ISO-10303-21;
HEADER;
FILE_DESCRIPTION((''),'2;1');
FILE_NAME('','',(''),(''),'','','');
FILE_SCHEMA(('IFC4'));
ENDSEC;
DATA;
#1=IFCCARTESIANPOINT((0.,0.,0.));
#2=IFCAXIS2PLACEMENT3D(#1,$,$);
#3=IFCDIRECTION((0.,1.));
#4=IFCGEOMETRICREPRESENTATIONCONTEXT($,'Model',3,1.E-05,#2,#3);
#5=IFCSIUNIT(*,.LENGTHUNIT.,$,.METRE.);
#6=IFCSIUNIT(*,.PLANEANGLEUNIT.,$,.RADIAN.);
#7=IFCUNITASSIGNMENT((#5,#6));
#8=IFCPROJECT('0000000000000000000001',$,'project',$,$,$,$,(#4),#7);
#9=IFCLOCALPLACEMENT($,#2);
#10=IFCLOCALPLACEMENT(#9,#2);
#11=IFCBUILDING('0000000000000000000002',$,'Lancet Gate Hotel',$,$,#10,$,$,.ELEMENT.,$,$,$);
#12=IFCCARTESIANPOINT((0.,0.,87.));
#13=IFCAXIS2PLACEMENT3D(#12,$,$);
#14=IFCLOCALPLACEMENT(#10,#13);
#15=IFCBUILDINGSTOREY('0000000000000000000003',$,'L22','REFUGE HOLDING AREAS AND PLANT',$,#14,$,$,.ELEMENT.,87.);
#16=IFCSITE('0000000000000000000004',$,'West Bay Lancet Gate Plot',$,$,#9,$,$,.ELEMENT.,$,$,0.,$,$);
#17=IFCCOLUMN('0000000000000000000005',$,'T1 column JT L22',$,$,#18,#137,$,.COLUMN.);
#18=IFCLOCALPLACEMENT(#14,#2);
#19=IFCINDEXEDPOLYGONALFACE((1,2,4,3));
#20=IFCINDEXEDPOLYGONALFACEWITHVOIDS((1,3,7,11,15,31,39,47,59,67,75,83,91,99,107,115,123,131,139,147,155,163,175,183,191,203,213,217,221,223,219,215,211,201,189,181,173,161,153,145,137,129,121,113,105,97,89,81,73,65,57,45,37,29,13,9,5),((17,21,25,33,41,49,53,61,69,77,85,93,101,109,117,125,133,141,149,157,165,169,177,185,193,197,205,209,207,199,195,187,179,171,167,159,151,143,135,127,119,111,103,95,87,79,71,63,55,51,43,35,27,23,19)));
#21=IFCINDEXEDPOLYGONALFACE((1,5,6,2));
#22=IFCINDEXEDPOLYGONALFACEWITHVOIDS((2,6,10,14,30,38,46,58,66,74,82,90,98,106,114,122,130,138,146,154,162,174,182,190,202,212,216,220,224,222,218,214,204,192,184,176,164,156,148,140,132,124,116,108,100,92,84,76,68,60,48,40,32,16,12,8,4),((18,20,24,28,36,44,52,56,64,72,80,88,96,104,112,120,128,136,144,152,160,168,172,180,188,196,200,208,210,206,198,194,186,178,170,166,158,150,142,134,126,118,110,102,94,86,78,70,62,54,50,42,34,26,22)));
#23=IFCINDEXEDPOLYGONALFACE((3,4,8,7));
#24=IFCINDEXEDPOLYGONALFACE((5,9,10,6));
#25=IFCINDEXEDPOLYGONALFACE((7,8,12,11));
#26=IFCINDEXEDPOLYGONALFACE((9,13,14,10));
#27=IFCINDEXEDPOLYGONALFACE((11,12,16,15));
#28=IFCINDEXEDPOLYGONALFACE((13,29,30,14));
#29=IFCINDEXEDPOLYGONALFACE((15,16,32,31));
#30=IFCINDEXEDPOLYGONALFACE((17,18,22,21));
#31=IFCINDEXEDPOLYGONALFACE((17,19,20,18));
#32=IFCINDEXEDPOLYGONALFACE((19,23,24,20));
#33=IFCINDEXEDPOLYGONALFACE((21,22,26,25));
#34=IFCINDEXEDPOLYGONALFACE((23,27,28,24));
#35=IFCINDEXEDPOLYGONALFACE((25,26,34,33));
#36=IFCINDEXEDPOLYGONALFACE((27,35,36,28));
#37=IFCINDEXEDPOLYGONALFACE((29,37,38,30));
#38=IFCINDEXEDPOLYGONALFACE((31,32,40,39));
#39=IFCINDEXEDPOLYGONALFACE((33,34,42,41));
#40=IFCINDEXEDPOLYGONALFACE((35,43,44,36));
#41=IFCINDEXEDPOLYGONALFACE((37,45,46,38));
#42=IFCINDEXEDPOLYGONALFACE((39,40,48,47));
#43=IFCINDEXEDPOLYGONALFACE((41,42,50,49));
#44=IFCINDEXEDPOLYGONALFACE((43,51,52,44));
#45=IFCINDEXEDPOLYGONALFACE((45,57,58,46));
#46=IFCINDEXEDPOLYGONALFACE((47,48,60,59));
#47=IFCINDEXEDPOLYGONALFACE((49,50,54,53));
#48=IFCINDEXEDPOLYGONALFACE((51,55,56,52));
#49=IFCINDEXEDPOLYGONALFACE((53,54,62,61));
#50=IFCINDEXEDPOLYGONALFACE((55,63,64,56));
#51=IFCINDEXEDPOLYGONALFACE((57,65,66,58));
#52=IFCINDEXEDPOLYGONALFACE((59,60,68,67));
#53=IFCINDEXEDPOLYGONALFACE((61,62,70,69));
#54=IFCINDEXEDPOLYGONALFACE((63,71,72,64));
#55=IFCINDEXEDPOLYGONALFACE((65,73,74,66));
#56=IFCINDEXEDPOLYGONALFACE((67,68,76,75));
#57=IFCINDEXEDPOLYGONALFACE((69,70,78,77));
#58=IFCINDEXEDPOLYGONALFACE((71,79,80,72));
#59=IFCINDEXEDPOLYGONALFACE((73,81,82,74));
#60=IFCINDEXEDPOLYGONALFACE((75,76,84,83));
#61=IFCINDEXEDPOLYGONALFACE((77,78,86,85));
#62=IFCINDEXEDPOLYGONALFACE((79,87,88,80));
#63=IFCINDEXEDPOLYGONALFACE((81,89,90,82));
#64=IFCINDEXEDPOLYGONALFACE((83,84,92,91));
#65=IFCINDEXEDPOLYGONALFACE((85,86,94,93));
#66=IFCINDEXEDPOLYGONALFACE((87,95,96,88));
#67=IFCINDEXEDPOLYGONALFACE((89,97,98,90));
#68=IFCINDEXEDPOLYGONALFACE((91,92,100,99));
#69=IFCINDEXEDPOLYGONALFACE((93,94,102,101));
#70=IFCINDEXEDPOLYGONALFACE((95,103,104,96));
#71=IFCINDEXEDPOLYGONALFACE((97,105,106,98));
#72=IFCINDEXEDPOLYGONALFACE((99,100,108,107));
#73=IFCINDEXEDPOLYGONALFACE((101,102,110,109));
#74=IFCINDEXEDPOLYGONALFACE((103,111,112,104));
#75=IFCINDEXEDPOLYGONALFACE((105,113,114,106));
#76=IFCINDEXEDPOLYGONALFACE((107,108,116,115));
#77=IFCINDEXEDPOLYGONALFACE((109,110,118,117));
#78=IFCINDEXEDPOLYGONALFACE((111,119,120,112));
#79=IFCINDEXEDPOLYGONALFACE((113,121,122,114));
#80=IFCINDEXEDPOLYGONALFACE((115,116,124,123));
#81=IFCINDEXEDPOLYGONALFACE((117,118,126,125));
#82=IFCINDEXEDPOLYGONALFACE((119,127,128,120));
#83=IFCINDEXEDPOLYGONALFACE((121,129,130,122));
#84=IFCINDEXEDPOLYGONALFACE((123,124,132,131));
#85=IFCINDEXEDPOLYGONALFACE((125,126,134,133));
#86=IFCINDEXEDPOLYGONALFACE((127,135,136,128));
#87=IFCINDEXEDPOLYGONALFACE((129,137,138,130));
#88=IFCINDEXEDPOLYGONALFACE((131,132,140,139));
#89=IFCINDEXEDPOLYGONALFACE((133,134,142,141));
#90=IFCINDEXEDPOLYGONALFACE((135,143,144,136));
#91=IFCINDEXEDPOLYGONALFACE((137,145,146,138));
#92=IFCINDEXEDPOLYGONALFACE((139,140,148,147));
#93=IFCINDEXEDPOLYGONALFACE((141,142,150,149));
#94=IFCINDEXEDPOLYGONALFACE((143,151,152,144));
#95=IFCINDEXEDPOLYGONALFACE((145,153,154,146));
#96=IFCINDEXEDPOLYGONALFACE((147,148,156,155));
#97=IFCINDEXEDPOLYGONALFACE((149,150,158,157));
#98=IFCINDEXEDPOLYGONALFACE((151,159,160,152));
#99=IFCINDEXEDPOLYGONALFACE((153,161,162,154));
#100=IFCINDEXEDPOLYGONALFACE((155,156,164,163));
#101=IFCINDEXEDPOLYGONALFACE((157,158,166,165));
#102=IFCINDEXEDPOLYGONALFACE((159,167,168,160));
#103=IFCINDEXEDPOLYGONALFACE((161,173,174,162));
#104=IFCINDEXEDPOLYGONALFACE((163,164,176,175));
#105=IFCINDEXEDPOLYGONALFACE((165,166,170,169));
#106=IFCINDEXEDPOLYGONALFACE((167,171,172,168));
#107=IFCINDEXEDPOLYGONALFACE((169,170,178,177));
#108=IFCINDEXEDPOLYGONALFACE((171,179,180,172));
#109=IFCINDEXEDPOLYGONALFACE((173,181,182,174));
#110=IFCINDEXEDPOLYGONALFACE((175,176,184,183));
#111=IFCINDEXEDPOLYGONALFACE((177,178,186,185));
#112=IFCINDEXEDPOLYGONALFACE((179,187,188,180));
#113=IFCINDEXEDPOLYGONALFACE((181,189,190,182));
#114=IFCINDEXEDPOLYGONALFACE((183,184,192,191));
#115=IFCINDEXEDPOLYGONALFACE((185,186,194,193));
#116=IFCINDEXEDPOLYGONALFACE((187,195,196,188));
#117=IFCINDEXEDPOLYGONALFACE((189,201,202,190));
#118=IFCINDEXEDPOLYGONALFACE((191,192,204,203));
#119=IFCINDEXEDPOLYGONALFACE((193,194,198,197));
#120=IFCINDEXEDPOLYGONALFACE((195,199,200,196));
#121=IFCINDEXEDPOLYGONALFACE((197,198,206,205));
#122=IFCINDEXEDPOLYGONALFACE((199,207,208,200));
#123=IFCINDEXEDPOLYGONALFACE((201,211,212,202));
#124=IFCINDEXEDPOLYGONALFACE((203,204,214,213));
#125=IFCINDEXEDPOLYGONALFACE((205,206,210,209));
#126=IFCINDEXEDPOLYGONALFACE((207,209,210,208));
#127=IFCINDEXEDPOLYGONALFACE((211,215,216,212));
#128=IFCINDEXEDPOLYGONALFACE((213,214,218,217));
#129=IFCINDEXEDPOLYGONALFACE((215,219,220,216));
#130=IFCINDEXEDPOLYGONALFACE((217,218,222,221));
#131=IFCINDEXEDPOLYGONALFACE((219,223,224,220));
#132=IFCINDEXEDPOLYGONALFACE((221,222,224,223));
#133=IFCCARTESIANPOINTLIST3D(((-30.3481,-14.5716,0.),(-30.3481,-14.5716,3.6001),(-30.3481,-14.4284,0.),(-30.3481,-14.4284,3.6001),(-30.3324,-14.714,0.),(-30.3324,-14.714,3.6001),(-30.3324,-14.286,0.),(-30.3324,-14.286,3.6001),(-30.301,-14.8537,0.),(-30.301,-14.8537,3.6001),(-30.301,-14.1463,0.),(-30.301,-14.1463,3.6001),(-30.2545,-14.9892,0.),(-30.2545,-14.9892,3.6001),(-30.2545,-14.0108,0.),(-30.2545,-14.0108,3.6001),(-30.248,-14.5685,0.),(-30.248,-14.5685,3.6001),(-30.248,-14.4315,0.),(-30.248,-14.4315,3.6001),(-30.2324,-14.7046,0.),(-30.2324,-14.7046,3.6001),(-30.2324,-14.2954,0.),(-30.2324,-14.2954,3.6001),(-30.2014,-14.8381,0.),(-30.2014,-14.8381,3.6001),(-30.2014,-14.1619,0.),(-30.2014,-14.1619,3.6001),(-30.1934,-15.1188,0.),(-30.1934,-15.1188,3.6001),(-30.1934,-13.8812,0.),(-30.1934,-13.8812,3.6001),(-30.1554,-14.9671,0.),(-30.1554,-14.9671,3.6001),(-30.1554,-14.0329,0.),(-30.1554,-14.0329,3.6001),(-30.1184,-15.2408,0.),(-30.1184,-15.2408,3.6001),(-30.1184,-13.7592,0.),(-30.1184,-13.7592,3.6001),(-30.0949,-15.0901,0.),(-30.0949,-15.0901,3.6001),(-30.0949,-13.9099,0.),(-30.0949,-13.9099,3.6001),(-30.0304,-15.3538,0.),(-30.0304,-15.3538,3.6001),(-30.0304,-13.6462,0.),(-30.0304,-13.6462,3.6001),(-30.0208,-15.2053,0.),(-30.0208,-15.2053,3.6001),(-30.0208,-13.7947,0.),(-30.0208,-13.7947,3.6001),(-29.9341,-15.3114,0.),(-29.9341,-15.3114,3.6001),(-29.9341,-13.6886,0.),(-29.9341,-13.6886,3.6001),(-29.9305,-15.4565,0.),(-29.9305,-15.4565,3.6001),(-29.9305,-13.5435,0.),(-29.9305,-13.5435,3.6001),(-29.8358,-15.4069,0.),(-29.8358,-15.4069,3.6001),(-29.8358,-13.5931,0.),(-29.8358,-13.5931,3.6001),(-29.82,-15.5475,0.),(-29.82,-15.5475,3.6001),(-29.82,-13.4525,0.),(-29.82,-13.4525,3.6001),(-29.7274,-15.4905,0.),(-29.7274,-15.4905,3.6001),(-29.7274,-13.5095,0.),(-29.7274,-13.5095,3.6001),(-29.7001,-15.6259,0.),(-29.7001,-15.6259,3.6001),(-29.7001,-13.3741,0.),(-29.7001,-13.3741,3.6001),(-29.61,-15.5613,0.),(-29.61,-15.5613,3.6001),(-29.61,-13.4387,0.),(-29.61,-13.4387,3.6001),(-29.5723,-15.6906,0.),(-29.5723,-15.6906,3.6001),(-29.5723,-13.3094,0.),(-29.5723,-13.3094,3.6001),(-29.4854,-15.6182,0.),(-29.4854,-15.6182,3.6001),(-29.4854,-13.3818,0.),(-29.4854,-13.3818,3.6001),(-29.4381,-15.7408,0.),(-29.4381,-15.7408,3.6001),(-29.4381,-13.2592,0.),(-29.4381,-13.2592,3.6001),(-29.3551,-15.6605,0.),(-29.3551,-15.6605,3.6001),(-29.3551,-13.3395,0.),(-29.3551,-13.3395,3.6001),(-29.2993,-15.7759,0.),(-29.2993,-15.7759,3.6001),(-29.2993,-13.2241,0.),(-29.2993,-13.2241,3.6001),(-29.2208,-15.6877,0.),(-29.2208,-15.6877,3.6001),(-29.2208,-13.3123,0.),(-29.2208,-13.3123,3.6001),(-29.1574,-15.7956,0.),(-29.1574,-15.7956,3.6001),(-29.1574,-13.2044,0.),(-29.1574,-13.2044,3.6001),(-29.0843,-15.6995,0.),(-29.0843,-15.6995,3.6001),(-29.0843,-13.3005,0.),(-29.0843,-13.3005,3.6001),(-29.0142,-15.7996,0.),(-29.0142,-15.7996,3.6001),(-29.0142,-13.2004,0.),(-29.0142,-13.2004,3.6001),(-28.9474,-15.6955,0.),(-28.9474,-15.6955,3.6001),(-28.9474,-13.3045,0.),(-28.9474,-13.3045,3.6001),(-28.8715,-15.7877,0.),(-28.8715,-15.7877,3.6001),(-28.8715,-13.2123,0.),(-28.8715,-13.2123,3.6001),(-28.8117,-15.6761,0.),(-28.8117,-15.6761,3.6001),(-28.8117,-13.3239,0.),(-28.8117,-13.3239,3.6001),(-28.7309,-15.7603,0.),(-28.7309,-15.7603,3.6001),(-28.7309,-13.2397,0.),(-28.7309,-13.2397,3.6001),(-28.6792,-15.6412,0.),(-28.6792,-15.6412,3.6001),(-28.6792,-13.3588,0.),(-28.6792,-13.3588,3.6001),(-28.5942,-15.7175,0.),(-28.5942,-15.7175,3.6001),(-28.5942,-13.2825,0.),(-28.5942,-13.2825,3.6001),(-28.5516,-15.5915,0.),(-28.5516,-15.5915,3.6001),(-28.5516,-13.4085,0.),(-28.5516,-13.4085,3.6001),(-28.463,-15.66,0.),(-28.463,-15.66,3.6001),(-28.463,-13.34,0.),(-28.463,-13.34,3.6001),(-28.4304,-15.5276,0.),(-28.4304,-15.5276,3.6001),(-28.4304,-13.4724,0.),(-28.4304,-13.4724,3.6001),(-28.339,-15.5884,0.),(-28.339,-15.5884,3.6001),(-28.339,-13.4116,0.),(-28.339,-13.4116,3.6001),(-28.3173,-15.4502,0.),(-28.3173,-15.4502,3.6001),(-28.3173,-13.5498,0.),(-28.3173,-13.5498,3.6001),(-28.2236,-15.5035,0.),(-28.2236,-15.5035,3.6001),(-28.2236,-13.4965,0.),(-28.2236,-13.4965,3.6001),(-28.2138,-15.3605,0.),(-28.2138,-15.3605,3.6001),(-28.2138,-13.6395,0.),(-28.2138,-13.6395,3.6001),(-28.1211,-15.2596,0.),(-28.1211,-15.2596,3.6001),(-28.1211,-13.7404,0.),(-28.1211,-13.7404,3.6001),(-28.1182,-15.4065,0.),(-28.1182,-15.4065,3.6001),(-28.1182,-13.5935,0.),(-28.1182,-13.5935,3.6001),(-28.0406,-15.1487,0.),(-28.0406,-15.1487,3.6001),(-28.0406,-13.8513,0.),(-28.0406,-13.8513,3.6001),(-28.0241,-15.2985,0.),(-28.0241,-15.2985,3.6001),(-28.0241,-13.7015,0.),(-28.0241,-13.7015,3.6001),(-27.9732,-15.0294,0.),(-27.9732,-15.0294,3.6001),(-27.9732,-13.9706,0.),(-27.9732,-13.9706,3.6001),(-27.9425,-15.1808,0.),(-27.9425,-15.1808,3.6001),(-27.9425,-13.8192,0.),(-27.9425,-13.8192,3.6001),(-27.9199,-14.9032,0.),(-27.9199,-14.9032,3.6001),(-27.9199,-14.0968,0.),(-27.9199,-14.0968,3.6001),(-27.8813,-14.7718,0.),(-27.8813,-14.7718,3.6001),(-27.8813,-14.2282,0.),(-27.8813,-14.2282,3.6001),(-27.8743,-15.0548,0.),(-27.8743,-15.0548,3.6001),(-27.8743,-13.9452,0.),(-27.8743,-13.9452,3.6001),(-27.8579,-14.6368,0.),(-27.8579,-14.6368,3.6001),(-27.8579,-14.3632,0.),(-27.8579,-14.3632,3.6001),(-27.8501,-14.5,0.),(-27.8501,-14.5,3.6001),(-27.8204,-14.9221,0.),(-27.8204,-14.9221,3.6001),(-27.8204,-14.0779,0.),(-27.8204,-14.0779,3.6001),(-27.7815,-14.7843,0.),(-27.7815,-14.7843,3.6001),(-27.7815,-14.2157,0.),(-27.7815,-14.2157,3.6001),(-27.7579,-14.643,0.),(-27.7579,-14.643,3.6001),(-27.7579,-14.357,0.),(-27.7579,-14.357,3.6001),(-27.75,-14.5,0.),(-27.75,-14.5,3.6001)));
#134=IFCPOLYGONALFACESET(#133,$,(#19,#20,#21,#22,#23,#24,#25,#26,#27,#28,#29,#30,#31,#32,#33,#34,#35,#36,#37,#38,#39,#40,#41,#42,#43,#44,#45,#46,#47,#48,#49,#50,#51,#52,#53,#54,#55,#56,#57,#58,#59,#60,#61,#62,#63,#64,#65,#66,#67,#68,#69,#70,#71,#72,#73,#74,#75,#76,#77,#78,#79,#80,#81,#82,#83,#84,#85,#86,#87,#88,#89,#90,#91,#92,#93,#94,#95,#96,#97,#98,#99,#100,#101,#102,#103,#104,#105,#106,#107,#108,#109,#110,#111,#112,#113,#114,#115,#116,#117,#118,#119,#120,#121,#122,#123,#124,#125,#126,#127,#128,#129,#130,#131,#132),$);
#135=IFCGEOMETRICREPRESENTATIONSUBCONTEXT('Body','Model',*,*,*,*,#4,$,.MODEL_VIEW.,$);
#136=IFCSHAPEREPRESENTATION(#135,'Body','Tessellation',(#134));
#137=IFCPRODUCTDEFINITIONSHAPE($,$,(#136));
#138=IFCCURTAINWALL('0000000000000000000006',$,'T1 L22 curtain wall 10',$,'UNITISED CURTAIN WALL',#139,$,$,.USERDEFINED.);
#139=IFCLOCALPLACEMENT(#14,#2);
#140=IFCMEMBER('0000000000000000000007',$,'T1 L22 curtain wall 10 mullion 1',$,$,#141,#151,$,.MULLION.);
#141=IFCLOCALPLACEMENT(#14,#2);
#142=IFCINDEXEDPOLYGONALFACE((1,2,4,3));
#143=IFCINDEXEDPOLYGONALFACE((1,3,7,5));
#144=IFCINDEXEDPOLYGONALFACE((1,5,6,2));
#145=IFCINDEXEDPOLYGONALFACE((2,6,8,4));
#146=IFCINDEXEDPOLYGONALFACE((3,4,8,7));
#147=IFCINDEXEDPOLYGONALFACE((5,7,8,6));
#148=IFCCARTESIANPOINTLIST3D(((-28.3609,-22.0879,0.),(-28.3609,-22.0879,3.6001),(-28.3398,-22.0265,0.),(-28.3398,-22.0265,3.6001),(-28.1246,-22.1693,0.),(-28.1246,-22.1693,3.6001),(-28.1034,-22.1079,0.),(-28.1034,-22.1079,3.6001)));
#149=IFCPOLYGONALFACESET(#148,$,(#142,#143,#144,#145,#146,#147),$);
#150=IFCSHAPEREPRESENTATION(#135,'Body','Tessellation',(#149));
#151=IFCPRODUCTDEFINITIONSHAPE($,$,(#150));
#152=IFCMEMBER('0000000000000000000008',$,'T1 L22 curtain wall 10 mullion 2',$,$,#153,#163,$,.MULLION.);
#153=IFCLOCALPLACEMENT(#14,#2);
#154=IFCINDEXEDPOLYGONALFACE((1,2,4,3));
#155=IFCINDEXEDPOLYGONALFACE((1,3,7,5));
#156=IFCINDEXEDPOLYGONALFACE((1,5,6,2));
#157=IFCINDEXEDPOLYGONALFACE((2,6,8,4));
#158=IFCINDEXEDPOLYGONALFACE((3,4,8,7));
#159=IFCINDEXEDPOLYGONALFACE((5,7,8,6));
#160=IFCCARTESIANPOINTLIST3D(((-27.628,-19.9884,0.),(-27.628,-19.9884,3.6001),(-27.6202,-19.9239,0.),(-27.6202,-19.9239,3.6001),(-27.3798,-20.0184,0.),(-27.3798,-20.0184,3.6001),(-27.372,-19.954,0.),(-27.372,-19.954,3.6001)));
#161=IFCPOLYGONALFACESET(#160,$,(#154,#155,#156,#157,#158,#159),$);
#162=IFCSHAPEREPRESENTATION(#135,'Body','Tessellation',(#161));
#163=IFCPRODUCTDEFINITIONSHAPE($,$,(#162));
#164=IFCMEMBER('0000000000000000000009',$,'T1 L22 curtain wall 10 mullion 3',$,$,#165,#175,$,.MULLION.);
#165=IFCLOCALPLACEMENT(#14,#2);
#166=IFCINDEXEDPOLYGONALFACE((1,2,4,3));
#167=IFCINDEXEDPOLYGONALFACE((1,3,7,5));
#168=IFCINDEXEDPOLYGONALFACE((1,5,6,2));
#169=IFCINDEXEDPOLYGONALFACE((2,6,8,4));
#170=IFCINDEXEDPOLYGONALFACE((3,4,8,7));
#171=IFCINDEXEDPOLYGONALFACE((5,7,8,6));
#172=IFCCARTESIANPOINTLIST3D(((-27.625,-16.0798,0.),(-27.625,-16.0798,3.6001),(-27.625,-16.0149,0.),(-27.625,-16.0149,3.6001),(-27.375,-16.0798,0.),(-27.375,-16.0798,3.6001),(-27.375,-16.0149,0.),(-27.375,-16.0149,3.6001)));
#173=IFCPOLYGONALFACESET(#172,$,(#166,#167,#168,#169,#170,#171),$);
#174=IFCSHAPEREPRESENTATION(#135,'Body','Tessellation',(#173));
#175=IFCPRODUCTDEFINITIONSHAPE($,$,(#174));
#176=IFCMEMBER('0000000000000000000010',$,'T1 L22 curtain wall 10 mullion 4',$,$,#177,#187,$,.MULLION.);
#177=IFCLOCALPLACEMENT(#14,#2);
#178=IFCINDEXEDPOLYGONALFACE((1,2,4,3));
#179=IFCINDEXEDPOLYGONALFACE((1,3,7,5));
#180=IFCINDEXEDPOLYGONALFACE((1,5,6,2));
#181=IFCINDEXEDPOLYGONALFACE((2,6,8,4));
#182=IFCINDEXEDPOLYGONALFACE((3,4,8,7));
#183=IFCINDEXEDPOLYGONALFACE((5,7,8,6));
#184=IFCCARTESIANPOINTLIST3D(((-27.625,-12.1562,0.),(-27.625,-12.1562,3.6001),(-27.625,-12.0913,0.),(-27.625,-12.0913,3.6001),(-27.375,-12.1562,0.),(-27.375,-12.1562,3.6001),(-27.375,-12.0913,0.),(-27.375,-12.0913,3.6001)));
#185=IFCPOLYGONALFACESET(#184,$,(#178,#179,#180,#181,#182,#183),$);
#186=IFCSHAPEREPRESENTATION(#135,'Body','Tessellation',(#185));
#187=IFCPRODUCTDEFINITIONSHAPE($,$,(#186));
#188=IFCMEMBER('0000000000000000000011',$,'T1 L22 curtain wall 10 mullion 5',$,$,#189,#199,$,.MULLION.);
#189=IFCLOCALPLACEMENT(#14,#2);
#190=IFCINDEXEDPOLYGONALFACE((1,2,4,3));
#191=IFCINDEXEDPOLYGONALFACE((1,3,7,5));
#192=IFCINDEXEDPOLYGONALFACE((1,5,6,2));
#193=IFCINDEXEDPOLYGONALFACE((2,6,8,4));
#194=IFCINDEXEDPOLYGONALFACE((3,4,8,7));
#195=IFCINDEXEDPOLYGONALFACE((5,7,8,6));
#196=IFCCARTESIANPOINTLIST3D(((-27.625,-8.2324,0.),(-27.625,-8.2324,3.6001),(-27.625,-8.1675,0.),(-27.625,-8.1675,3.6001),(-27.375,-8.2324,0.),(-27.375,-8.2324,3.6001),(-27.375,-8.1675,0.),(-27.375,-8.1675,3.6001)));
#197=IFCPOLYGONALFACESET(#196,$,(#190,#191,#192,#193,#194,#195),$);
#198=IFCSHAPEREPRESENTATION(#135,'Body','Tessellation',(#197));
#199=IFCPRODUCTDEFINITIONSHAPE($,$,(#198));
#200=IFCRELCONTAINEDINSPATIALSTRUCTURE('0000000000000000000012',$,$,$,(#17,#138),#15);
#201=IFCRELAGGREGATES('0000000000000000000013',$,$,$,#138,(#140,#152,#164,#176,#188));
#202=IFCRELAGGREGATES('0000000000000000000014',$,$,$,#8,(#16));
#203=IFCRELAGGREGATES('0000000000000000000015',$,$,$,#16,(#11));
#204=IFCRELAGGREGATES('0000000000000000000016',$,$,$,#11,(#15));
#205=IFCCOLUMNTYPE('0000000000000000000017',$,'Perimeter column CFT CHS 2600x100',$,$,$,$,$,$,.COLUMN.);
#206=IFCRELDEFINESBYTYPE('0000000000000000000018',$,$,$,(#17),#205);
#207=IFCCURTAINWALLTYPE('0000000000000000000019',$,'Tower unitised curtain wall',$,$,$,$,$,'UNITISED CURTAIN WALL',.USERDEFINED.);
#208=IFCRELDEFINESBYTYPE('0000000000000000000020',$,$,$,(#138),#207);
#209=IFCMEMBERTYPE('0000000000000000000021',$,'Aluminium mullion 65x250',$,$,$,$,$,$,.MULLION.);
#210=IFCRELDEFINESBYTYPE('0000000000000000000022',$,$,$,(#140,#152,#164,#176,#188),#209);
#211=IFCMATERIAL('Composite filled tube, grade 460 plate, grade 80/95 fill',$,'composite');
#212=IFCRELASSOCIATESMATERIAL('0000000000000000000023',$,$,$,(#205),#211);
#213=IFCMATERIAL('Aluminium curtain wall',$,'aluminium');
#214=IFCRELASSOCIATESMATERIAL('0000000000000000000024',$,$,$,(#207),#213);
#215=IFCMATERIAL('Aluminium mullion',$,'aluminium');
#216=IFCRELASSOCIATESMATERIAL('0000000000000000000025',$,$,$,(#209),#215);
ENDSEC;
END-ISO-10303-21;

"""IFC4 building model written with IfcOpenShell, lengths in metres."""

from ifc_helpers import new_model, si_unit, direction, frame, origin, origin_2d, place, context, subcontext, project, spatial, rectangle, hollow_circle, extrude, material, material_profile, profile_set, type_object, element, aggregate, save


model = new_model("IFC4")

# Units and contexts
model_context = context("Model", 3, precision=1e-05, world=origin(), true_north=direction((0.0, 1.0)))
body_context = subcontext(model_context, "Body", "Model", "MODEL_VIEW")
ifc_project = project(units=[si_unit("LENGTHUNIT", "METRE"), si_unit("PLANEANGLEUNIT", "RADIAN")], contexts=[model_context])

# Site, building, storey
site_placement = place(None, origin())
site = spatial("IfcSite", under=ifc_project, at=site_placement, Name="West Bay Lancet Gate Plot", CompositionType="ELEMENT", RefElevation=0.0)
building_placement = place(site_placement, origin())
building = spatial("IfcBuilding", under=site, at=building_placement, Name="Lancet Gate Hotel", CompositionType="ELEMENT")
storey_placement = place(building_placement, frame((0.0, 0.0, 87.0)))
storey = spatial("IfcBuildingStorey", under=building, at=storey_placement, Name="L22", Description="REFUGE HOLDING AREAS AND PLANT", CompositionType="ELEMENT", Elevation=87.0)

# Column
ifc_material_1 = material(Name="Composite filled tube, grade 460 plate, grade 80/95 fill", Category="composite")
ifc_material_profile_1 = material_profile(ifc_material_1, hollow_circle(Radius=1.3, WallThickness=0.1001, at=origin_2d()), Name="CHS 2600x100")
ifc_profile_set_1 = profile_set([ifc_material_profile_1], Name="Composite filled tube, grade 460 plate, grade 80/95 fill")
column_type = type_object("IfcColumnType", Name="Perimeter column CFT CHS 2600x100", PredefinedType="COLUMN", material=ifc_profile_set_1)
for number, where, z_axis, x_axis, name in (
    (1, (-29.05, -14.5, 0.0), (0.0, 0.0, 1.0), (1.0, 0.0, 0.0), "T1 column JT L22"),
):
    element("IfcColumn", number, at=place(storey_placement, frame(where, z_axis=z_axis, x_axis=x_axis)), inside=storey, type_object=column_type, Name=name, PredefinedType="COLUMN", context=body_context, shape_type="SweptSolid", body=[
        extrude(hollow_circle(Radius=1.3, WallThickness=0.1001, at=origin_2d()), origin(), (0.0, 0.0, 1.0), 3.6001),
    ])

# Curtain wall, members
ifc_material_2 = material(Name="Aluminium curtain wall", Category="aluminium")
curtain_wall_type = type_object("IfcCurtainWallType", Name="Tower unitised curtain wall", ElementType="UNITISED CURTAIN WALL", PredefinedType="USERDEFINED", material=ifc_material_2)
curtain_wall_placement = place(storey_placement, origin())
curtain_wall = element("IfcCurtainWall", 2, at=curtain_wall_placement, inside=storey, type_object=curtain_wall_type, Name="T1 L22 curtain wall 10", ObjectType="UNITISED CURTAIN WALL", PredefinedType="USERDEFINED")
ifc_material_3 = material(Name="Aluminium mullion", Category="aluminium")
ifc_material_profile_2 = material_profile(ifc_material_3, rectangle(XDim=0.0649, YDim=0.25, at=origin_2d()), Name="MULLION 65x250")
ifc_profile_set_2 = profile_set([ifc_material_profile_2], Name="Aluminium mullion")
member_type_1 = type_object("IfcMemberType", Name="Aluminium mullion 65x250", PredefinedType="MULLION", material=ifc_profile_set_2)
member_1_placement = place(storey_placement, frame((-28.2322, -22.0979, 0.0), z_axis=(0.0, 0.0, 1.0), x_axis=(0.325516, 0.945537, 0.0)))
member_1 = element("IfcMember", 3, at=member_1_placement, type_object=member_type_1, Name="T1 L22 curtain wall 10 mullion 1", PredefinedType="MULLION", context=body_context, shape_type="SweptSolid", body=[
    extrude(rectangle(XDim=0.0649, YDim=0.25, at=origin_2d()), origin(), (0.0, 0.0, 1.0), 3.6001),
])
member_2_placement = place(storey_placement, frame((-27.5, -19.9712, 0.0), z_axis=(0.0, 0.0, 1.0), x_axis=(0.120135, 0.992758, 0.0)))
member_2 = element("IfcMember", 4, at=member_2_placement, type_object=member_type_1, Name="T1 L22 curtain wall 10 mullion 2", PredefinedType="MULLION", context=body_context, shape_type="SweptSolid", body=[
    extrude(rectangle(XDim=0.0649, YDim=0.25, at=origin_2d()), origin(), (0.0, 0.0, 1.0), 3.6001),
])
member_3_placement = place(storey_placement, frame((-27.5, -16.0474, 0.0), z_axis=(0.0, 0.0, 1.0), x_axis=(0.0, 1.0, 0.0)))
member_3 = element("IfcMember", 5, at=member_3_placement, type_object=member_type_1, Name="T1 L22 curtain wall 10 mullion 3", PredefinedType="MULLION", context=body_context, shape_type="SweptSolid", body=[
    extrude(rectangle(XDim=0.0649, YDim=0.25, at=origin_2d()), origin(), (0.0, 0.0, 1.0), 3.6001),
])
member_4_placement = place(storey_placement, frame((-27.5, -12.1238, 0.0), z_axis=(0.0, 0.0, 1.0), x_axis=(0.0, 1.0, 0.0)))
member_4 = element("IfcMember", 6, at=member_4_placement, type_object=member_type_1, Name="T1 L22 curtain wall 10 mullion 4", PredefinedType="MULLION", context=body_context, shape_type="SweptSolid", body=[
    extrude(rectangle(XDim=0.0649, YDim=0.25, at=origin_2d()), origin(), (0.0, 0.0, 1.0), 3.6001),
])
member_5_placement = place(storey_placement, frame((-27.5, -8.2, 0.0), z_axis=(0.0, 0.0, 1.0), x_axis=(0.0, 1.0, 0.0)))
member_5 = element("IfcMember", 7, at=member_5_placement, type_object=member_type_1, Name="T1 L22 curtain wall 10 mullion 5", PredefinedType="MULLION", context=body_context, shape_type="SweptSolid", body=[
    extrude(rectangle(XDim=0.0649, YDim=0.25, at=origin_2d()), origin(), (0.0, 0.0, 1.0), 3.6001),
])

aggregate(curtain_wall, [member_1, member_2, member_3, member_4, member_5])

save(model, "model.ifc")
